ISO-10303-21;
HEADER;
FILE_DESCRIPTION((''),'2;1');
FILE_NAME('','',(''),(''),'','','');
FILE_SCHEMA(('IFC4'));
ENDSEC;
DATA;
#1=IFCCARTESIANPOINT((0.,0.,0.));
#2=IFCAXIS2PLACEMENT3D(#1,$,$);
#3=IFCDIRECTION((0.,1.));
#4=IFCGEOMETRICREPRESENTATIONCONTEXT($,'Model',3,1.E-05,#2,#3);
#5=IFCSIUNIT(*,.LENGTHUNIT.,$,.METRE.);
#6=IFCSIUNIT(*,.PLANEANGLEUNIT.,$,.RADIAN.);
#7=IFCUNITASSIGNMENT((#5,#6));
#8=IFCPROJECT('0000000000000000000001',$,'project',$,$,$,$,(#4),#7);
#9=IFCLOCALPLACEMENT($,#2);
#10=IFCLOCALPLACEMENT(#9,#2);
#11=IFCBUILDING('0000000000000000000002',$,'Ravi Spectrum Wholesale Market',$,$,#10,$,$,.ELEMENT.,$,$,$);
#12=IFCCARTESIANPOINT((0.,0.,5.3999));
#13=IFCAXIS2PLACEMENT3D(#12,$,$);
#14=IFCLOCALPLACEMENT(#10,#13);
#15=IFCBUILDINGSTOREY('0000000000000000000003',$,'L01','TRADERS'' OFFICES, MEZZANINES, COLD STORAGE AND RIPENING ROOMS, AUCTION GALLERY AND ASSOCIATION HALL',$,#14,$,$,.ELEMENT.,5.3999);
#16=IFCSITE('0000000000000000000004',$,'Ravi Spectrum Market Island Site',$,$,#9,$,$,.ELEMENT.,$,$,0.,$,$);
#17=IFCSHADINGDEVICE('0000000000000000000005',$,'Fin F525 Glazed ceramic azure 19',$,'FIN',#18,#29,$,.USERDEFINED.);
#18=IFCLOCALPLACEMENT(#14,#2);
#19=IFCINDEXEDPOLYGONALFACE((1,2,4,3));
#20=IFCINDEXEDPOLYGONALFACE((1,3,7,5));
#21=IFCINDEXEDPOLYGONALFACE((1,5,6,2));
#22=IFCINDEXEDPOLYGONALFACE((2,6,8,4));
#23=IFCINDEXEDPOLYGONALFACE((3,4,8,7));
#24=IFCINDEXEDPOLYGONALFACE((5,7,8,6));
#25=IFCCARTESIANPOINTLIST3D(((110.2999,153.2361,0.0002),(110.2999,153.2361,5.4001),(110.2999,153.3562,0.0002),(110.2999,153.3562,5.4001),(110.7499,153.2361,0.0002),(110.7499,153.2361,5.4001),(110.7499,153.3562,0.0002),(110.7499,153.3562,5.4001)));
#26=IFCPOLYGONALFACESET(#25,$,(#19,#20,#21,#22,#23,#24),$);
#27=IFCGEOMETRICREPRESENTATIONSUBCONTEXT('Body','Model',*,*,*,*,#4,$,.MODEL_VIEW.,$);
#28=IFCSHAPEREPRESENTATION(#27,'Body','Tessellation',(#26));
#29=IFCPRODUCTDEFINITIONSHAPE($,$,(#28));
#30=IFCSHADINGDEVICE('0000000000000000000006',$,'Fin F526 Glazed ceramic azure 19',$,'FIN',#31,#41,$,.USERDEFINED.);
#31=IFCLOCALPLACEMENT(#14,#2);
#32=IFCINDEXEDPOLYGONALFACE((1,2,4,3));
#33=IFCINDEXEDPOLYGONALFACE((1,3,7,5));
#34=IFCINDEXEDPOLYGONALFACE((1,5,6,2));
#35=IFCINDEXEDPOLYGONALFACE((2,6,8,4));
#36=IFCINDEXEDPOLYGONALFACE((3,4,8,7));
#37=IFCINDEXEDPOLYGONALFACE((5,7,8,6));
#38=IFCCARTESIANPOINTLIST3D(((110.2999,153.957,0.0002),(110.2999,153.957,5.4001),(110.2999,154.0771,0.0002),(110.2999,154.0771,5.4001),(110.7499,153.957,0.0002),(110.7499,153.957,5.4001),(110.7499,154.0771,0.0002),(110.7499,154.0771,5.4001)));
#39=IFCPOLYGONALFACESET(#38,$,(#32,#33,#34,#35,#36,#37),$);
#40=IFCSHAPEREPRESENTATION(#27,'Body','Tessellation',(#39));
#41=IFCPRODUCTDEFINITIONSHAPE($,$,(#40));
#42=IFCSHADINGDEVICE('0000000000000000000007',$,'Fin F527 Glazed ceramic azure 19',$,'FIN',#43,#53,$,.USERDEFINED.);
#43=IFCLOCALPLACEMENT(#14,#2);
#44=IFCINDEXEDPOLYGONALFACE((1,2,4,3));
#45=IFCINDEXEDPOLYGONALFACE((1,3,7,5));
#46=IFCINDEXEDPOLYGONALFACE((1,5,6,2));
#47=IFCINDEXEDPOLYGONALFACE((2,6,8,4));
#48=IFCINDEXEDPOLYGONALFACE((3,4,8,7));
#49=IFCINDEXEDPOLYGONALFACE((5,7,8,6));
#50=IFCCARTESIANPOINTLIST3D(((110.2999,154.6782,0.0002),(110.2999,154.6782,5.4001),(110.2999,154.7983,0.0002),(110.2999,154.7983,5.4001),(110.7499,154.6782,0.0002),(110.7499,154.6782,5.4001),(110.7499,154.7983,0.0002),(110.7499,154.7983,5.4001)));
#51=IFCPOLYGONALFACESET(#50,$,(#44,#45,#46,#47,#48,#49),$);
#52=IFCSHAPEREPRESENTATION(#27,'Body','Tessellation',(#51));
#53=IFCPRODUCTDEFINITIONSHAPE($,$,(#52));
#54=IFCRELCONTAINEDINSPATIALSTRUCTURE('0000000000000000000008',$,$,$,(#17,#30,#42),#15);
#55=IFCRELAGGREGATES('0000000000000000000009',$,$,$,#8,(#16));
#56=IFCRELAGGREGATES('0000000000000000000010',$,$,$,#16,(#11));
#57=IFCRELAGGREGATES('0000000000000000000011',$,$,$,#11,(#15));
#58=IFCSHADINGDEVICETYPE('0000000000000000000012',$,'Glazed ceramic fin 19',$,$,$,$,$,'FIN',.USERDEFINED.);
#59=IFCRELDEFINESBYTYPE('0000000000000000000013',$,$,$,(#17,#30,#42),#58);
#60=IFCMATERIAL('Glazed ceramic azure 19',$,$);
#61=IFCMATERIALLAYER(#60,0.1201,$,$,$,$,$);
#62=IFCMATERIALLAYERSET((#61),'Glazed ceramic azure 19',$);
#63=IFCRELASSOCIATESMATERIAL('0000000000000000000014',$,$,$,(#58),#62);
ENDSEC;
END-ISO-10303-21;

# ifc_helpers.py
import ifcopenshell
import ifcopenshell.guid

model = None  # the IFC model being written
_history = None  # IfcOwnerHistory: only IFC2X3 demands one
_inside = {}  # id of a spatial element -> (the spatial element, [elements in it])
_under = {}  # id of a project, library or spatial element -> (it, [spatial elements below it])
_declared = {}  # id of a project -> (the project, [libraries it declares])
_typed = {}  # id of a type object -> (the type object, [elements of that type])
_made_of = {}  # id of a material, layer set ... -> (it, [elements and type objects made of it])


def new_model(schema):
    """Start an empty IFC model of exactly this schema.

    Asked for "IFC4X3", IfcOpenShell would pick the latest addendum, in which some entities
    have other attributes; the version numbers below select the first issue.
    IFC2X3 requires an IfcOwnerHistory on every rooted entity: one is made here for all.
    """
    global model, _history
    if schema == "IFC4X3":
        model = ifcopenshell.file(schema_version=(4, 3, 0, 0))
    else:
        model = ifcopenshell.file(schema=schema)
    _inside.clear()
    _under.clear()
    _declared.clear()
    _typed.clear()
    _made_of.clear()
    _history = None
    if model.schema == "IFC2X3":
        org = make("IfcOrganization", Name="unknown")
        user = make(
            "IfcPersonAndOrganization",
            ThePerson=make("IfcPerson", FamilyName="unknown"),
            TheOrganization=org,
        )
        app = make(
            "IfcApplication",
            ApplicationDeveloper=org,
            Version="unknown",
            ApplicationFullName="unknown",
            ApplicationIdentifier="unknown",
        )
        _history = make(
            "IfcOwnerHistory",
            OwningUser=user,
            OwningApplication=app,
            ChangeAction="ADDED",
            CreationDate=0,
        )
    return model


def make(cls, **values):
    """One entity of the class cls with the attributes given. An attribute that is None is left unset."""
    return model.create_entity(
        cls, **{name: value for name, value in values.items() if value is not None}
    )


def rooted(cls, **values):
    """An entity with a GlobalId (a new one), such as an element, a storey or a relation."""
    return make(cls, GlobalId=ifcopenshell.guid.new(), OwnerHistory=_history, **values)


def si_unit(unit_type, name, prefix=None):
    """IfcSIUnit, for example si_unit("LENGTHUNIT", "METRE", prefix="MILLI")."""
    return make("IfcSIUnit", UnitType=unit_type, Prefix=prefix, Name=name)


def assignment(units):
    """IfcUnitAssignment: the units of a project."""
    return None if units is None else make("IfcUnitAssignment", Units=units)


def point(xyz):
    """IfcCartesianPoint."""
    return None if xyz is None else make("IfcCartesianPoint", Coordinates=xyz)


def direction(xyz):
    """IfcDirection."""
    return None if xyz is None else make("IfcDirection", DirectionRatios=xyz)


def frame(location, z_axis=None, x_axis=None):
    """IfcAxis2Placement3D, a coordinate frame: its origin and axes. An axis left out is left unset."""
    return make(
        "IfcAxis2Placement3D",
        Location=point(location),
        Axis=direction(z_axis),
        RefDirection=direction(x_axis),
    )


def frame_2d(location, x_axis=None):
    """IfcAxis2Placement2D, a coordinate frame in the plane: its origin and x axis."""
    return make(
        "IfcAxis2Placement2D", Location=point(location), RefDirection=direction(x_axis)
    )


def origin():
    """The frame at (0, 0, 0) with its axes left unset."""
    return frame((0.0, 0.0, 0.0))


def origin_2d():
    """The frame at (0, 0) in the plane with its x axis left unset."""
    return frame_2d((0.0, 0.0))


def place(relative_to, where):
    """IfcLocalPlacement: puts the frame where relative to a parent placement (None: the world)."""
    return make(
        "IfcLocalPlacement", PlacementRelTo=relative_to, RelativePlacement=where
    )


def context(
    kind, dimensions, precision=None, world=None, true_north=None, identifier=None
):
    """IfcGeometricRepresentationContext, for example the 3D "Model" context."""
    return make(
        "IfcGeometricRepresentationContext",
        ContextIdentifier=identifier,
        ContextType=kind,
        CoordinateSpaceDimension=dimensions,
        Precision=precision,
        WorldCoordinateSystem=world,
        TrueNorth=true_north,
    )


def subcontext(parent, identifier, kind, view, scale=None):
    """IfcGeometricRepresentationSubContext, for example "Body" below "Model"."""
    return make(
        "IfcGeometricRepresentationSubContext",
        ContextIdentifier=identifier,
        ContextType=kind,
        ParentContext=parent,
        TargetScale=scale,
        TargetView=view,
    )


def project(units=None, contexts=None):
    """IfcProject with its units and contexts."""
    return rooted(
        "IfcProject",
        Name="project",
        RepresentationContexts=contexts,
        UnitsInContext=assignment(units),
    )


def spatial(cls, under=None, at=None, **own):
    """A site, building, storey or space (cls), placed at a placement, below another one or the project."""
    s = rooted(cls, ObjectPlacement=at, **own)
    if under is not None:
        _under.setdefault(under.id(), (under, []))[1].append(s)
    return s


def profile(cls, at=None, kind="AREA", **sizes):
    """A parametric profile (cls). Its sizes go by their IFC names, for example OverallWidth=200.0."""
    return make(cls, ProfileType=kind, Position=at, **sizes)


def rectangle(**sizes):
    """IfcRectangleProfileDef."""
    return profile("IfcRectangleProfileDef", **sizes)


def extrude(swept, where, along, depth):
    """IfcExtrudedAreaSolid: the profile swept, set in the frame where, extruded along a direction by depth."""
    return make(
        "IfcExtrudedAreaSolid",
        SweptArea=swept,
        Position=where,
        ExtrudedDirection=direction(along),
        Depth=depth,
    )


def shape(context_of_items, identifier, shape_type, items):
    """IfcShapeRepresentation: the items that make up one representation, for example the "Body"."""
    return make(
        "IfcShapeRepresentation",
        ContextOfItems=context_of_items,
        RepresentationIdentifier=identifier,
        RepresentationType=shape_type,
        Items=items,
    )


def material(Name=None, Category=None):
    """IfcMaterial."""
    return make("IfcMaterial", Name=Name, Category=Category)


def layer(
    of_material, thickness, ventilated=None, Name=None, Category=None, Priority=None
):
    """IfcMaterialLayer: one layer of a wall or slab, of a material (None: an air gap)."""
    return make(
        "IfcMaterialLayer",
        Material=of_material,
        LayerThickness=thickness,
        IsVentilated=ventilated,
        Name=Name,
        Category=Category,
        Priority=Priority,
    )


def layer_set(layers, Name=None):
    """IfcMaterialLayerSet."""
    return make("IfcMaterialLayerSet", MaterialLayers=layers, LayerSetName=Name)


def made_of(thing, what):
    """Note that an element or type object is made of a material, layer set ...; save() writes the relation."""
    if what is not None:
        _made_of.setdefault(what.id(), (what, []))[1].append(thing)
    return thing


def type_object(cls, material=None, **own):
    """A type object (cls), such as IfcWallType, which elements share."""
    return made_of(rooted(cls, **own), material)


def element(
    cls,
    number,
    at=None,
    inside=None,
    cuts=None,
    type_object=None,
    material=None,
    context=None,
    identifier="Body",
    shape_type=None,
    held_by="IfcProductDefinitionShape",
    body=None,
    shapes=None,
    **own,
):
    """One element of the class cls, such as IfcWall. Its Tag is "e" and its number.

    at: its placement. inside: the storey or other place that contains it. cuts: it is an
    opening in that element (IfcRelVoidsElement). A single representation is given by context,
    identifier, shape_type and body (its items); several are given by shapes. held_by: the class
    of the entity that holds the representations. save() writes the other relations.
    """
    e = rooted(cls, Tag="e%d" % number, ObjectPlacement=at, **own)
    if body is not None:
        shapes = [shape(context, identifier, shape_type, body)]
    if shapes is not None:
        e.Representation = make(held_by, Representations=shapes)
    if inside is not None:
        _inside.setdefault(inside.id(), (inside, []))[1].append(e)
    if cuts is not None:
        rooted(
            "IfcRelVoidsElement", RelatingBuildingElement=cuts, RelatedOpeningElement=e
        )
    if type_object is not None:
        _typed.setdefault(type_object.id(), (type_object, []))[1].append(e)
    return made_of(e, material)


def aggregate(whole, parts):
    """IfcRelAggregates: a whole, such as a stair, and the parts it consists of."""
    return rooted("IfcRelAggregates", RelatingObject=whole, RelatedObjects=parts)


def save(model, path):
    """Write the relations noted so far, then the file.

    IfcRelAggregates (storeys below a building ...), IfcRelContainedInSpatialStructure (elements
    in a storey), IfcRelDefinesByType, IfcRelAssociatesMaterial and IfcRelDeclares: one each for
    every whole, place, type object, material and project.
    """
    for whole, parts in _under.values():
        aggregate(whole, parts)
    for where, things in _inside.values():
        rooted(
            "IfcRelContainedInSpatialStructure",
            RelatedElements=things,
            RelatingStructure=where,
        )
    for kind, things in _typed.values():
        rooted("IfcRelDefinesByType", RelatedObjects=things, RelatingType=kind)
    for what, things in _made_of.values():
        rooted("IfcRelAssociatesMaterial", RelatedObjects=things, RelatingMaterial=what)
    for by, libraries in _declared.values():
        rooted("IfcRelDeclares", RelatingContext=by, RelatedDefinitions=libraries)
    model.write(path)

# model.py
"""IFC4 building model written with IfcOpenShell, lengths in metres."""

from ifc_helpers import new_model, si_unit, direction, frame, origin, origin_2d, place, context, subcontext, project, spatial, rectangle, extrude, material, layer, layer_set, type_object, element, save


model = new_model("IFC4")

# Units and contexts
model_context = context("Model", 3, precision=1e-05, world=origin(), true_north=direction((0.0, 1.0)))
body_context = subcontext(model_context, "Body", "Model", "MODEL_VIEW")
ifc_project = project(units=[si_unit("LENGTHUNIT", "METRE"), si_unit("PLANEANGLEUNIT", "RADIAN")], contexts=[model_context])

# Site, building, storey
site_placement = place(None, origin())
site = spatial("IfcSite", under=ifc_project, at=site_placement, Name="Ravi Spectrum Market Island Site", CompositionType="ELEMENT", RefElevation=0.0)
building_placement = place(site_placement, origin())
building = spatial("IfcBuilding", under=site, at=building_placement, Name="Ravi Spectrum Wholesale Market", CompositionType="ELEMENT")
storey_placement = place(building_placement, frame((0.0, 0.0, 5.3999)))
storey = spatial("IfcBuildingStorey", under=building, at=storey_placement, Name="L01", Description="TRADERS' OFFICES, MEZZANINES, COLD STORAGE AND RIPENING ROOMS, AUCTION GALLERY AND ASSOCIATION HALL", CompositionType="ELEMENT", Elevation=5.3999)

# Shading devices
ifc_material_1 = material(Name="Glazed ceramic azure 19")
ifc_layer_1 = layer(ifc_material_1, 0.1201)
ifc_layer_set_1 = layer_set([ifc_layer_1], Name="Glazed ceramic azure 19")
shading_device_type_1 = type_object("IfcShadingDeviceType", Name="Glazed ceramic fin 19", ElementType="FIN", PredefinedType="USERDEFINED", material=ifc_layer_set_1)
for number, where, z_axis, x_axis, name in (
    (1, (110.5249, 153.2961, 0.0002), (0.0, 0.0, 1.0), (0.0, 1.0, 0.0), "Fin F525 Glazed ceramic azure 19"),
    (2, (110.5249, 154.0171, 0.0002), (0.0, 0.0, 1.0), (0.0, 1.0, 0.0), "Fin F526 Glazed ceramic azure 19"),
    (3, (110.5249, 154.7383, 0.0002), (0.0, 0.0, 1.0), (0.0, 1.0, 0.0), "Fin F527 Glazed ceramic azure 19"),
):
    element("IfcShadingDevice", number, at=place(storey_placement, frame(where, z_axis=z_axis, x_axis=x_axis)), inside=storey, type_object=shading_device_type_1, Name=name, ObjectType="FIN", PredefinedType="USERDEFINED", context=body_context, shape_type="SweptSolid", body=[
        extrude(rectangle(XDim=0.1201, YDim=0.45, at=origin_2d()), origin(), (0.0, 0.0, 1.0), 5.3999),
    ])

save(model, "model.ifc")
